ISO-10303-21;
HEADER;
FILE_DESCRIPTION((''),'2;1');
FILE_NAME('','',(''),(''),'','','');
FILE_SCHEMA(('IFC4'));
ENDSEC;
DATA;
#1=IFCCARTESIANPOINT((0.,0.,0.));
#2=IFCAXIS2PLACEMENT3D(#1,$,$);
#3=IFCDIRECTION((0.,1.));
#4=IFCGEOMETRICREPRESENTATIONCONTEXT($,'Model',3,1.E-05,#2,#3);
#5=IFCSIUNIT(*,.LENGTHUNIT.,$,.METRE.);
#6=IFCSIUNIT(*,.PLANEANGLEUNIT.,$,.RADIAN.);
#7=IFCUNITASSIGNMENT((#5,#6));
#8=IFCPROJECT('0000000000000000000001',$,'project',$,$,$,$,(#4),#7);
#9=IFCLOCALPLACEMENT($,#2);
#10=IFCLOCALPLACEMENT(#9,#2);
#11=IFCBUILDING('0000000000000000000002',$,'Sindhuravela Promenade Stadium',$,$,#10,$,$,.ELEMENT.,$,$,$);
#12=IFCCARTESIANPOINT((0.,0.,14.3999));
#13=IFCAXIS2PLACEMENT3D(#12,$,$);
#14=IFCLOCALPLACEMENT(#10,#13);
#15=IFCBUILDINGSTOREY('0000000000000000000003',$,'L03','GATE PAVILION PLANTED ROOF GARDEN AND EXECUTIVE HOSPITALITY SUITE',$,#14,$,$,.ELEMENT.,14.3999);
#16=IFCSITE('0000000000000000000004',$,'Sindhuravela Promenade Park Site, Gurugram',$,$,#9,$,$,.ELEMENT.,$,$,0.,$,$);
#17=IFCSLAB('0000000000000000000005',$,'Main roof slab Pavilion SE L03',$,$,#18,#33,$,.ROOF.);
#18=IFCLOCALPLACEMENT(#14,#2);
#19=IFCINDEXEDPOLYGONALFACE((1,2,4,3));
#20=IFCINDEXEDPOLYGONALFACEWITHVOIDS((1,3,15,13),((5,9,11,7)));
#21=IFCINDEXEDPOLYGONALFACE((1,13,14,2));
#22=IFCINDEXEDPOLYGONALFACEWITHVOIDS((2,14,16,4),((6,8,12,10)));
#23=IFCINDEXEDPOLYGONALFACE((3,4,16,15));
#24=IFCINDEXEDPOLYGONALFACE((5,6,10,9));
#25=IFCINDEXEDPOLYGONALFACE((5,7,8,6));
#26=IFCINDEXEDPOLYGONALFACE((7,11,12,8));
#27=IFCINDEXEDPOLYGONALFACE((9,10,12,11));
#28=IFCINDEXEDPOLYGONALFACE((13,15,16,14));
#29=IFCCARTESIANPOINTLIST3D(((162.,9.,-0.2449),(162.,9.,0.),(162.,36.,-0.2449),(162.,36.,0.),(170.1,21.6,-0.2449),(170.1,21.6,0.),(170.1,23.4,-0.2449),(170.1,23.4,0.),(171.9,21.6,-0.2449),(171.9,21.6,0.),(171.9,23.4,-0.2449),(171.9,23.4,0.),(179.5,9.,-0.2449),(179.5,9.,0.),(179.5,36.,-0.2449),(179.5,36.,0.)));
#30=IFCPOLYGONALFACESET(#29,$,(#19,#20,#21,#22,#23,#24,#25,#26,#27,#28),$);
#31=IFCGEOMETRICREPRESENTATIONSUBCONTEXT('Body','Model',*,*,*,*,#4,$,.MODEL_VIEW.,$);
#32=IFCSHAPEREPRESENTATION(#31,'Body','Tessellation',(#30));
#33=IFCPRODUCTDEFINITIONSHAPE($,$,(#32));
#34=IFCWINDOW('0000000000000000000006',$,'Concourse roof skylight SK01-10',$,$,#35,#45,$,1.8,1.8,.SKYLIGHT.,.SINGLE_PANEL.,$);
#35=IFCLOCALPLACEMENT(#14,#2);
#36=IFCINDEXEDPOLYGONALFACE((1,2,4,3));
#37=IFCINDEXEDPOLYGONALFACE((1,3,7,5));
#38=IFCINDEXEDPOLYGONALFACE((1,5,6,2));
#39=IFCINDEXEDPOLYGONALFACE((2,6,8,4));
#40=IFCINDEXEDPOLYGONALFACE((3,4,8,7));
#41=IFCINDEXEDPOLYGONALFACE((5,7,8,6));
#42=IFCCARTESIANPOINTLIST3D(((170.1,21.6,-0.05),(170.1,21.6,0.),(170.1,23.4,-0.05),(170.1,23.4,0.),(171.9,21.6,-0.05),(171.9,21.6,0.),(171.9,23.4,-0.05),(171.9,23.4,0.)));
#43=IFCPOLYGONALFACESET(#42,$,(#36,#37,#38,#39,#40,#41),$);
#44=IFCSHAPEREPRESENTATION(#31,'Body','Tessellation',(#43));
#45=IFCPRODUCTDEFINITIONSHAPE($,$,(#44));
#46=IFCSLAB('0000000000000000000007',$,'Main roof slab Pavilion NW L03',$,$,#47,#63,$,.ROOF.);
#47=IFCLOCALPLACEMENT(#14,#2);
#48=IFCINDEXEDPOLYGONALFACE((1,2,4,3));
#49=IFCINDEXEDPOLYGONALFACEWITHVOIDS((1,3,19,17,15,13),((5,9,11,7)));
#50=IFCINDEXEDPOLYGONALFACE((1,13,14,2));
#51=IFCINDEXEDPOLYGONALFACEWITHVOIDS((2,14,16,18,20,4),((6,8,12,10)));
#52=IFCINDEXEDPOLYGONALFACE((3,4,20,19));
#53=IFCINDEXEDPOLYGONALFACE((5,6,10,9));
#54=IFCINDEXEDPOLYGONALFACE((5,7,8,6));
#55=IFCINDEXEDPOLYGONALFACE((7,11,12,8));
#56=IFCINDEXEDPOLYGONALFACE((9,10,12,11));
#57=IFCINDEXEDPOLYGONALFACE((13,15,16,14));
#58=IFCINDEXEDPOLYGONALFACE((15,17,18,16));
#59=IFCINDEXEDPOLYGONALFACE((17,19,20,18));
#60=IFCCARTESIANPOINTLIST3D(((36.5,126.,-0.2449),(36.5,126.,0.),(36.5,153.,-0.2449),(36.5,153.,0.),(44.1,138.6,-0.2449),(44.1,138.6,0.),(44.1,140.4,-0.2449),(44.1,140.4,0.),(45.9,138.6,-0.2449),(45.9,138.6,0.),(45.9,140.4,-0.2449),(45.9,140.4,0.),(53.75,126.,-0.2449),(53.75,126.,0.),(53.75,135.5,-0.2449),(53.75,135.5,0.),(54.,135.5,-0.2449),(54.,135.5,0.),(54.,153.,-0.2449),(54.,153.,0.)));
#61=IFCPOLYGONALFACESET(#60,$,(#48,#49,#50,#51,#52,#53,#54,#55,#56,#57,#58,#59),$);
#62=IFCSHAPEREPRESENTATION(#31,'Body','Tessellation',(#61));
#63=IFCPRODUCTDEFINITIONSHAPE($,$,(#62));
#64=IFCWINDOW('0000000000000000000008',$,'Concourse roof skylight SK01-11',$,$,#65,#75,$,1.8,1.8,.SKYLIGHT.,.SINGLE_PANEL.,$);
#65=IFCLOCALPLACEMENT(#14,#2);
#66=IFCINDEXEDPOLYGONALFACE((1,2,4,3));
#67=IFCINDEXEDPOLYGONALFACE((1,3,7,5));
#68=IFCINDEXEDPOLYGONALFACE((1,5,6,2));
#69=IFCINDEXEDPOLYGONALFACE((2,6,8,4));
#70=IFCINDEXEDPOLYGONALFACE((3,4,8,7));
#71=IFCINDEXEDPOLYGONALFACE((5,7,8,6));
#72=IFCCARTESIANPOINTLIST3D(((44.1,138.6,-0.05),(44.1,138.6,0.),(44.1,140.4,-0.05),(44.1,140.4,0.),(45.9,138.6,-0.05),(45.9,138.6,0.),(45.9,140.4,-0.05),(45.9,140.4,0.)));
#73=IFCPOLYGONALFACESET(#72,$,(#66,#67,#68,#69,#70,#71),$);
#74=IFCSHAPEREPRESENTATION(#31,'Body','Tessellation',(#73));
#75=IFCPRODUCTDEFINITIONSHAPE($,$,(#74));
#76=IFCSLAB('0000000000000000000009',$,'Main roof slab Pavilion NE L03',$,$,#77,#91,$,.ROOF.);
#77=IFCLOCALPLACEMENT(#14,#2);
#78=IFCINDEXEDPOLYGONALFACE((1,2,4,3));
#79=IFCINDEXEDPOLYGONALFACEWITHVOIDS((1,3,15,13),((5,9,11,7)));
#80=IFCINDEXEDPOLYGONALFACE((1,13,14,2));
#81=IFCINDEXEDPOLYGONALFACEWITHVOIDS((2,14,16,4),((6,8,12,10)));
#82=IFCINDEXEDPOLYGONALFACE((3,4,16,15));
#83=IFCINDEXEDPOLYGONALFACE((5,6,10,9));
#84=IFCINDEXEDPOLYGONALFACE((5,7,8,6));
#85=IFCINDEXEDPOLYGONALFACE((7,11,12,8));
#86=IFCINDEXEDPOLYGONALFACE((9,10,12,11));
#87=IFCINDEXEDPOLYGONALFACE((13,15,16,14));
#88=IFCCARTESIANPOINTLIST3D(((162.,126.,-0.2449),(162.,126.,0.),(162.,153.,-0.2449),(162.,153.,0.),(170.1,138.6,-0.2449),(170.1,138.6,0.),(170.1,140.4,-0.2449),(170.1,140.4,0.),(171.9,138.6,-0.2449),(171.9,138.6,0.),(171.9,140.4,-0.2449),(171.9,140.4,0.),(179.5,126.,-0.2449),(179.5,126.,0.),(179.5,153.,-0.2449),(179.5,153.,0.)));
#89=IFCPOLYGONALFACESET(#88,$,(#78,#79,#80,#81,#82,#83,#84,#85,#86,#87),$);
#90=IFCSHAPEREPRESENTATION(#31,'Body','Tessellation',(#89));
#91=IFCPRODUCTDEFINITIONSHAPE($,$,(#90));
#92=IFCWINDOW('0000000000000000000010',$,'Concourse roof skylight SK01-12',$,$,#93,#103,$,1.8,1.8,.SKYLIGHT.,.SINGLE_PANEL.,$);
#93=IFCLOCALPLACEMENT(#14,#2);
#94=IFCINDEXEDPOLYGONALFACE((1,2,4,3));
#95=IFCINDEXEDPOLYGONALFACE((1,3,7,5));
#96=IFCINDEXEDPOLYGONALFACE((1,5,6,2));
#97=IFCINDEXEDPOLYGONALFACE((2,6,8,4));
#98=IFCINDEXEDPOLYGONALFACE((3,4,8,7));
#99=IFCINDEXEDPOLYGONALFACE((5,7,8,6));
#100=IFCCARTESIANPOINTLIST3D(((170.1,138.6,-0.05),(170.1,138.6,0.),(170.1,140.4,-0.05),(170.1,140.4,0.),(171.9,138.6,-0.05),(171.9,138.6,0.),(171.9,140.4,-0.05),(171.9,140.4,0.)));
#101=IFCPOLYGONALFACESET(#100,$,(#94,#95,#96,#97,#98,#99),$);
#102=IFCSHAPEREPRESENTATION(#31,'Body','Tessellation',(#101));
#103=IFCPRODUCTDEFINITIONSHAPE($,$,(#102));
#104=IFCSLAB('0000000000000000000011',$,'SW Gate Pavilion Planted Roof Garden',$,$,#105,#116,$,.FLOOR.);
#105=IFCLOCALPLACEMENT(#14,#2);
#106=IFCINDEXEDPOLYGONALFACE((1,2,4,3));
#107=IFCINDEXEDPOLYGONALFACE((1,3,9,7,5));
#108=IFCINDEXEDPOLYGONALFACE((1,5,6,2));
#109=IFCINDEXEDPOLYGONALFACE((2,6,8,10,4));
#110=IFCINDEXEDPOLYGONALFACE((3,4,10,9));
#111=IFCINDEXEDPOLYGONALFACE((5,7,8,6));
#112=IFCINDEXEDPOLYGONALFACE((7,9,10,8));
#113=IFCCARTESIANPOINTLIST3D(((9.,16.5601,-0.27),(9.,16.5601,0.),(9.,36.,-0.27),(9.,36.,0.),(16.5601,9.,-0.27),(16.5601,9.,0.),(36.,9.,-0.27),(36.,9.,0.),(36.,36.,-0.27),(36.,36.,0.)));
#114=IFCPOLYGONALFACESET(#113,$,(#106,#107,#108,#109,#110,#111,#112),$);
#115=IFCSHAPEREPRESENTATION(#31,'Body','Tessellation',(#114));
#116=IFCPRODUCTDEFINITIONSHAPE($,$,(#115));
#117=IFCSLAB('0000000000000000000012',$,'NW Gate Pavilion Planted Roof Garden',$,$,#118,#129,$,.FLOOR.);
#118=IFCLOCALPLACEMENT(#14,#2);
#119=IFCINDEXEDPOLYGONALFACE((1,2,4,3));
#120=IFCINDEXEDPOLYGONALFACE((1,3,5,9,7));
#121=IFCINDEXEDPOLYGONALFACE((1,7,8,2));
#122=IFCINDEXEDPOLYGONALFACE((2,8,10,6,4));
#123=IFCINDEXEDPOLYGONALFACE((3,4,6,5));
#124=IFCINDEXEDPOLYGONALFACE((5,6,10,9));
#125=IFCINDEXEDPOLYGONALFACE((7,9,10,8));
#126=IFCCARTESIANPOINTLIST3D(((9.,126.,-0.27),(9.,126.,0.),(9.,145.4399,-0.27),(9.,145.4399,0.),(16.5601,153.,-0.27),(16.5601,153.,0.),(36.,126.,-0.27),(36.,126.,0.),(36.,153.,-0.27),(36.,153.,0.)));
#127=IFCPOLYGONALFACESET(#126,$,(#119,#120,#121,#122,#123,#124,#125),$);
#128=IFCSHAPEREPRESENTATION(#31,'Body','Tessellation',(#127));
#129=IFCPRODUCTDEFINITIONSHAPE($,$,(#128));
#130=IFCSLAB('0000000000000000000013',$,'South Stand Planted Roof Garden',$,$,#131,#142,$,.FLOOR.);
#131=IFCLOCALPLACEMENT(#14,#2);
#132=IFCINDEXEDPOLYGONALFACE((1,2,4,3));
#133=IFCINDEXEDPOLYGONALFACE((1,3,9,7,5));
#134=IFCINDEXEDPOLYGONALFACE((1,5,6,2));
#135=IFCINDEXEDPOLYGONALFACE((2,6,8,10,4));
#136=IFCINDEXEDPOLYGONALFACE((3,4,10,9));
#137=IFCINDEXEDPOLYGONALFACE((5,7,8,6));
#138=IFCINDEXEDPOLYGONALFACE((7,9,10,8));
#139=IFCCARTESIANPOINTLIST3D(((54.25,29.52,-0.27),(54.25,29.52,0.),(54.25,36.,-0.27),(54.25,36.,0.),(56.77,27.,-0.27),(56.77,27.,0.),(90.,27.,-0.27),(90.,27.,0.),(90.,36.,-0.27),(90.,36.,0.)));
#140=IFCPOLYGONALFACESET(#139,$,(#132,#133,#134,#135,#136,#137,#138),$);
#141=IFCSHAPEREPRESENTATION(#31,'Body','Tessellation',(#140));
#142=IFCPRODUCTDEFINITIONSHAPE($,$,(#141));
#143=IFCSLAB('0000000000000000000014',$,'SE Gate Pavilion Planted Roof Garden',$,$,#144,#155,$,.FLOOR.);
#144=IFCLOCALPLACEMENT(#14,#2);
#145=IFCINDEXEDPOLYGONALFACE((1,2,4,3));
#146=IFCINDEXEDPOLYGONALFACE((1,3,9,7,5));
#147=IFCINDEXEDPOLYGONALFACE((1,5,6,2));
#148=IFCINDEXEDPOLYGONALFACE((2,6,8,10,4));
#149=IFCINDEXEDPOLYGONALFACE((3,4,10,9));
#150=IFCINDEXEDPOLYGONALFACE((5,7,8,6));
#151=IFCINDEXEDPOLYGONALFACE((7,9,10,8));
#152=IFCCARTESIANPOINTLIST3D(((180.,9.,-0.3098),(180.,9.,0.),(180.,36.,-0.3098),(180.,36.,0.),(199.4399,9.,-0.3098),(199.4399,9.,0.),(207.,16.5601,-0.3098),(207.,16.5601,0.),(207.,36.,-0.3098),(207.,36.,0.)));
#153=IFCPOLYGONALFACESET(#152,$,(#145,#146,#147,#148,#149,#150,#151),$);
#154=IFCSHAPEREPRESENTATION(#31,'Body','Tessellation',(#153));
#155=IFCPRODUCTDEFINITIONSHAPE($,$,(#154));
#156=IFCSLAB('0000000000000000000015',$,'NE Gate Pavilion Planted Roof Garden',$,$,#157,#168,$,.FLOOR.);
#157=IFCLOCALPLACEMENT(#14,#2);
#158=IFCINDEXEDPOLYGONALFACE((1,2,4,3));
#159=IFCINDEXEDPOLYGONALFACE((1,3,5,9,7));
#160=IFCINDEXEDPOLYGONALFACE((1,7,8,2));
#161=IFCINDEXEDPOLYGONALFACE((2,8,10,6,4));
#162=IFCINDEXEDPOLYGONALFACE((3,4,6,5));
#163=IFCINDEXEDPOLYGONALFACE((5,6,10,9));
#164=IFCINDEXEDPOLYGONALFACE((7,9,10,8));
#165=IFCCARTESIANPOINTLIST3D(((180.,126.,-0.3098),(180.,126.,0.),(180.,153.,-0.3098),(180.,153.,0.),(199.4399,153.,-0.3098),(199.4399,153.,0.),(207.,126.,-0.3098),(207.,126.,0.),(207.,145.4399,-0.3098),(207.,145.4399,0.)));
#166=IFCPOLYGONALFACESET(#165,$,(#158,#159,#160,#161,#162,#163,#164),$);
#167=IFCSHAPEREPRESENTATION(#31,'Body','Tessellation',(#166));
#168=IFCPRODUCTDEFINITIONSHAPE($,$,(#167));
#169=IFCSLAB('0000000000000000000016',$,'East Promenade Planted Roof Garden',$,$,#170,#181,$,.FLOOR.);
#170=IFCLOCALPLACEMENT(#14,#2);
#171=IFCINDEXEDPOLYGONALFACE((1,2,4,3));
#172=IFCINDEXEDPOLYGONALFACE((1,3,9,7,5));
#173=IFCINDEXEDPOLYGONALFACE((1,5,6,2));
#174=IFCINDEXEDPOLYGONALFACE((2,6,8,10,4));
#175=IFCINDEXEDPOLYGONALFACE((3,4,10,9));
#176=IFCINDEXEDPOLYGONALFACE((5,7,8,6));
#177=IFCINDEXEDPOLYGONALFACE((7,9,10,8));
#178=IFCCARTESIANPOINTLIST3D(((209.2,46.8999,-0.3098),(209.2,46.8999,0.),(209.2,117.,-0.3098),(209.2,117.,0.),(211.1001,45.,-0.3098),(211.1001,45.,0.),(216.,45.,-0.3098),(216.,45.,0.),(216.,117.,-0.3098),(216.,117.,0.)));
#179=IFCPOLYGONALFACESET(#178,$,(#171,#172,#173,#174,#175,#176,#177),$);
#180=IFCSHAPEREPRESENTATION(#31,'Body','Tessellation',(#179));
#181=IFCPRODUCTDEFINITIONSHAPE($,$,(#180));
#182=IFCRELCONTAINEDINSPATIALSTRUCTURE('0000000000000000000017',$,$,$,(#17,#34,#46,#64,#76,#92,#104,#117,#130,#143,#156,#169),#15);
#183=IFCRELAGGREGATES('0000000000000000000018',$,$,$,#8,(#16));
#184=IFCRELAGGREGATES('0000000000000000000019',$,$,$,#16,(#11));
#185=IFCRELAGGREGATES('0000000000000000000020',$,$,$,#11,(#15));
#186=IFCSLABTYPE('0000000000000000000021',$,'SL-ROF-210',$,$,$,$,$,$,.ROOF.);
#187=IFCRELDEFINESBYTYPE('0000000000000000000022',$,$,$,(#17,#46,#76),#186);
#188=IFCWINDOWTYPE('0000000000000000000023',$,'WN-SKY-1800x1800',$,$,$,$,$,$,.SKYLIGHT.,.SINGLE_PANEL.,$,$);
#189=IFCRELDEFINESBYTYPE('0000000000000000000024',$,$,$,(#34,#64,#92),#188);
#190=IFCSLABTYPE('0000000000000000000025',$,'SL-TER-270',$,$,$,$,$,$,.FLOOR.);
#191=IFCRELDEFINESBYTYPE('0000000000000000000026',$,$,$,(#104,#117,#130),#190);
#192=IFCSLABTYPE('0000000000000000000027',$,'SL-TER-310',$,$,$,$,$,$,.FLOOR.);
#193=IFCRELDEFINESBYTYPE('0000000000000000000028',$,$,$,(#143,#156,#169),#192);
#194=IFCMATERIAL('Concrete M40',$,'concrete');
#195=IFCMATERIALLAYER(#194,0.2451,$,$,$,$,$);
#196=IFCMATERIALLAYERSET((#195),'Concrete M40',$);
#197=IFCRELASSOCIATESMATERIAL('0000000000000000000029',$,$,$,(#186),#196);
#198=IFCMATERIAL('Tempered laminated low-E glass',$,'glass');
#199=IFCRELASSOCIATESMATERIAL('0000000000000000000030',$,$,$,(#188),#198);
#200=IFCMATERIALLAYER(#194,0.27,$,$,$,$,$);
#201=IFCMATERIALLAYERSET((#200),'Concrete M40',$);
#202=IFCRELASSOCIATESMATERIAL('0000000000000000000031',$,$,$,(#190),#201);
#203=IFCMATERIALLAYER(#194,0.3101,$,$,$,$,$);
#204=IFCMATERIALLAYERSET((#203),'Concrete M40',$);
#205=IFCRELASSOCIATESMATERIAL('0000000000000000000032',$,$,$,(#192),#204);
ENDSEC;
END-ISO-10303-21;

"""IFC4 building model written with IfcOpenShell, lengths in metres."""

from ifc_helpers import new_model, si_unit, direction, frame, origin, origin_2d, place, context, subcontext, project, spatial, polyline, rectangle, outline, extrude, material, layer, layer_set, type_object, element, fill, save


model = new_model("IFC4")

# Units and contexts
model_context = context("Model", 3, precision=1e-05, world=origin(), true_north=direction((0.0, 1.0)))
body_context = subcontext(model_context, "Body", "Model", "MODEL_VIEW")
ifc_project = project(units=[si_unit("LENGTHUNIT", "METRE"), si_unit("PLANEANGLEUNIT", "RADIAN")], contexts=[model_context])

# Site, building, storey
site_placement = place(None, origin())
site = spatial("IfcSite", under=ifc_project, at=site_placement, Name="Sindhuravela Promenade Park Site, Gurugram", CompositionType="ELEMENT", RefElevation=0.0)
building_placement = place(site_placement, origin())
building = spatial("IfcBuilding", under=site, at=building_placement, Name="Sindhuravela Promenade Stadium", CompositionType="ELEMENT")
storey_placement = place(building_placement, frame((0.0, 0.0, 14.3999)))
storey = spatial("IfcBuildingStorey", under=building, at=storey_placement, Name="L03", Description="GATE PAVILION PLANTED ROOF GARDEN AND EXECUTIVE HOSPITALITY SUITE", CompositionType="ELEMENT", Elevation=14.3999)

# Shared definitions
ifc_material_1 = material(Name="Concrete M40", Category="concrete")

# Slabs, openings, windows
ifc_layer_1 = layer(ifc_material_1, 0.2451)
ifc_layer_set_1 = layer_set([ifc_layer_1], Name="Concrete M40")
slab_type_1 = type_object("IfcSlabType", Name="SL-ROF-210", PredefinedType="ROOF", material=ifc_layer_set_1)
ifc_material_2 = material(Name="Tempered laminated low-E glass", Category="glass")
window_type = type_object("IfcWindowType", Name="WN-SKY-1800x1800", PartitioningType="SINGLE_PANEL", PredefinedType="SKYLIGHT", material=ifc_material_2)
slab_1_placement = place(storey_placement, frame((0.0, 0.0, -0.2449)))
slab_1 = element("IfcSlab", 1, at=slab_1_placement, inside=storey, type_object=slab_type_1, Name="Main roof slab Pavilion SE L03", PredefinedType="ROOF", context=body_context, shape_type="SweptSolid", body=[
    extrude(outline(polyline([(179.5, 9.0), (162.0, 9.0), (162.0, 36.0), (179.5, 36.0), (179.5, 9.0)])), origin(), (0.0, 0.0, 1.0), 0.2449),
])
opening_1_placement = place(slab_1_placement, frame((171.0, 22.5, -0.01)))
opening_1 = element("IfcOpeningElement", 2, at=opening_1_placement, cuts=slab_1, PredefinedType="OPENING", context=body_context, shape_type="SweptSolid", body=[
    extrude(rectangle(XDim=1.8, YDim=1.8, at=origin_2d()), origin(), (0.0, 0.0, 1.0), 0.2649),
])
window_1_placement = place(slab_1_placement, frame((171.0, 22.5, 0.1948)))
window_1 = element("IfcWindow", 3, at=window_1_placement, inside=storey, type_object=window_type, Name="Concourse roof skylight SK01-10", OverallHeight=1.8, OverallWidth=1.8, PartitioningType="SINGLE_PANEL", PredefinedType="SKYLIGHT", context=body_context, shape_type="SweptSolid", body=[
    extrude(rectangle(XDim=1.8, YDim=1.8, at=origin_2d()), origin(), (0.0, 0.0, 1.0), 0.05),
])
fill(opening_1, window_1)
slab_2_placement = place(storey_placement, frame((0.0, 0.0, -0.2449)))
slab_2 = element("IfcSlab", 4, at=slab_2_placement, inside=storey, type_object=slab_type_1, Name="Main roof slab Pavilion NW L03", PredefinedType="ROOF", context=body_context, shape_type="SweptSolid", body=[
    extrude(outline(polyline([(54.0, 135.5), (53.75, 135.5), (53.75, 126.0), (36.5, 126.0), (36.5, 153.0), (54.0, 153.0), (54.0, 135.5)])), origin(), (0.0, 0.0, 1.0), 0.2449),
])
opening_2_placement = place(slab_2_placement, frame((45.0, 139.5, -0.01)))
opening_2 = element("IfcOpeningElement", 5, at=opening_2_placement, cuts=slab_2, PredefinedType="OPENING", context=body_context, shape_type="SweptSolid", body=[
    extrude(rectangle(XDim=1.8, YDim=1.8, at=origin_2d()), origin(), (0.0, 0.0, 1.0), 0.2649),
])
window_2_placement = place(slab_2_placement, frame((45.0, 139.5, 0.1948)))
window_2 = element("IfcWindow", 6, at=window_2_placement, inside=storey, type_object=window_type, Name="Concourse roof skylight SK01-11", OverallHeight=1.8, OverallWidth=1.8, PartitioningType="SINGLE_PANEL", PredefinedType="SKYLIGHT", context=body_context, shape_type="SweptSolid", body=[
    extrude(rectangle(XDim=1.8, YDim=1.8, at=origin_2d()), origin(), (0.0, 0.0, 1.0), 0.05),
])
fill(opening_2, window_2)
slab_3_placement = place(storey_placement, frame((0.0, 0.0, -0.2449)))
slab_3 = element("IfcSlab", 7, at=slab_3_placement, inside=storey, type_object=slab_type_1, Name="Main roof slab Pavilion NE L03", PredefinedType="ROOF", context=body_context, shape_type="SweptSolid", body=[
    extrude(outline(polyline([(179.5, 126.0), (162.0, 126.0), (162.0, 153.0), (179.5, 153.0), (179.5, 126.0)])), origin(), (0.0, 0.0, 1.0), 0.2449),
])
opening_3_placement = place(slab_3_placement, frame((171.0, 139.5, -0.01)))
opening_3 = element("IfcOpeningElement", 8, at=opening_3_placement, cuts=slab_3, PredefinedType="OPENING", context=body_context, shape_type="SweptSolid", body=[
    extrude(rectangle(XDim=1.8, YDim=1.8, at=origin_2d()), origin(), (0.0, 0.0, 1.0), 0.2649),
])
window_3_placement = place(slab_3_placement, frame((171.0, 139.5, 0.1948)))
window_3 = element("IfcWindow", 9, at=window_3_placement, inside=storey, type_object=window_type, Name="Concourse roof skylight SK01-12", OverallHeight=1.8, OverallWidth=1.8, PartitioningType="SINGLE_PANEL", PredefinedType="SKYLIGHT", context=body_context, shape_type="SweptSolid", body=[
    extrude(rectangle(XDim=1.8, YDim=1.8, at=origin_2d()), origin(), (0.0, 0.0, 1.0), 0.05),
])
fill(opening_3, window_3)

# Slabs
ifc_layer_2 = layer(ifc_material_1, 0.27)
ifc_layer_set_2 = layer_set([ifc_layer_2], Name="Concrete M40")
slab_type_2 = type_object("IfcSlabType", Name="SL-TER-270", PredefinedType="FLOOR", material=ifc_layer_set_2)
slab_4_placement = place(storey_placement, frame((0.0, 0.0, -0.27)))
element("IfcSlab", 10, at=slab_4_placement, inside=storey, type_object=slab_type_2, Name="SW Gate Pavilion Planted Roof Garden", PredefinedType="FLOOR", context=body_context, shape_type="SweptSolid", body=[
    extrude(outline(polyline([(16.5601, 9.0), (36.0, 9.0), (36.0, 36.0), (9.0, 36.0), (9.0, 16.5601), (16.5601, 9.0)])), origin(), (0.0, 0.0, 1.0), 0.27),
])
slab_5_placement = place(storey_placement, frame((0.0, 0.0, -0.27)))
element("IfcSlab", 11, at=slab_5_placement, inside=storey, type_object=slab_type_2, Name="NW Gate Pavilion Planted Roof Garden", PredefinedType="FLOOR", context=body_context, shape_type="SweptSolid", body=[
    extrude(outline(polyline([(9.0, 126.0), (36.0, 126.0), (36.0, 153.0), (16.5601, 153.0), (9.0, 145.4399), (9.0, 126.0)])), origin(), (0.0, 0.0, 1.0), 0.27),
])
slab_6_placement = place(storey_placement, frame((0.0, 0.0, -0.27)))
element("IfcSlab", 12, at=slab_6_placement, inside=storey, type_object=slab_type_2, Name="South Stand Planted Roof Garden", PredefinedType="FLOOR", context=body_context, shape_type="SweptSolid", body=[
    extrude(outline(polyline([(56.77, 27.0), (90.0, 27.0), (90.0, 36.0), (54.25, 36.0), (54.25, 29.52), (56.77, 27.0)])), origin(), (0.0, 0.0, 1.0), 0.27),
])
ifc_layer_3 = layer(ifc_material_1, 0.3101)
ifc_layer_set_3 = layer_set([ifc_layer_3], Name="Concrete M40")
slab_type_3 = type_object("IfcSlabType", Name="SL-TER-310", PredefinedType="FLOOR", material=ifc_layer_set_3)
slab_7_placement = place(storey_placement, frame((0.0, 0.0, -0.3098)))
element("IfcSlab", 13, at=slab_7_placement, inside=storey, type_object=slab_type_3, Name="SE Gate Pavilion Planted Roof Garden", PredefinedType="FLOOR", context=body_context, shape_type="SweptSolid", body=[
    extrude(outline(polyline([(180.0, 9.0), (199.4399, 9.0), (207.0, 16.5601), (207.0, 36.0), (180.0, 36.0), (180.0, 9.0)])), origin(), (0.0, 0.0, 1.0), 0.3098),
])
slab_8_placement = place(storey_placement, frame((0.0, 0.0, -0.3098)))
element("IfcSlab", 14, at=slab_8_placement, inside=storey, type_object=slab_type_3, Name="NE Gate Pavilion Planted Roof Garden", PredefinedType="FLOOR", context=body_context, shape_type="SweptSolid", body=[
    extrude(outline(polyline([(180.0, 126.0), (207.0, 126.0), (207.0, 145.4399), (199.4399, 153.0), (180.0, 153.0), (180.0, 126.0)])), origin(), (0.0, 0.0, 1.0), 0.3098),
])
slab_9_placement = place(storey_placement, frame((0.0, 0.0, -0.3098)))
element("IfcSlab", 15, at=slab_9_placement, inside=storey, type_object=slab_type_3, Name="East Promenade Planted Roof Garden", PredefinedType="FLOOR", context=body_context, shape_type="SweptSolid", body=[
    extrude(outline(polyline([(211.1001, 45.0), (216.0, 45.0), (216.0, 117.0), (209.2, 117.0), (209.2, 46.8999), (211.1001, 45.0)])), origin(), (0.0, 0.0, 1.0), 0.3098),
])

save(model, "model.ifc")
